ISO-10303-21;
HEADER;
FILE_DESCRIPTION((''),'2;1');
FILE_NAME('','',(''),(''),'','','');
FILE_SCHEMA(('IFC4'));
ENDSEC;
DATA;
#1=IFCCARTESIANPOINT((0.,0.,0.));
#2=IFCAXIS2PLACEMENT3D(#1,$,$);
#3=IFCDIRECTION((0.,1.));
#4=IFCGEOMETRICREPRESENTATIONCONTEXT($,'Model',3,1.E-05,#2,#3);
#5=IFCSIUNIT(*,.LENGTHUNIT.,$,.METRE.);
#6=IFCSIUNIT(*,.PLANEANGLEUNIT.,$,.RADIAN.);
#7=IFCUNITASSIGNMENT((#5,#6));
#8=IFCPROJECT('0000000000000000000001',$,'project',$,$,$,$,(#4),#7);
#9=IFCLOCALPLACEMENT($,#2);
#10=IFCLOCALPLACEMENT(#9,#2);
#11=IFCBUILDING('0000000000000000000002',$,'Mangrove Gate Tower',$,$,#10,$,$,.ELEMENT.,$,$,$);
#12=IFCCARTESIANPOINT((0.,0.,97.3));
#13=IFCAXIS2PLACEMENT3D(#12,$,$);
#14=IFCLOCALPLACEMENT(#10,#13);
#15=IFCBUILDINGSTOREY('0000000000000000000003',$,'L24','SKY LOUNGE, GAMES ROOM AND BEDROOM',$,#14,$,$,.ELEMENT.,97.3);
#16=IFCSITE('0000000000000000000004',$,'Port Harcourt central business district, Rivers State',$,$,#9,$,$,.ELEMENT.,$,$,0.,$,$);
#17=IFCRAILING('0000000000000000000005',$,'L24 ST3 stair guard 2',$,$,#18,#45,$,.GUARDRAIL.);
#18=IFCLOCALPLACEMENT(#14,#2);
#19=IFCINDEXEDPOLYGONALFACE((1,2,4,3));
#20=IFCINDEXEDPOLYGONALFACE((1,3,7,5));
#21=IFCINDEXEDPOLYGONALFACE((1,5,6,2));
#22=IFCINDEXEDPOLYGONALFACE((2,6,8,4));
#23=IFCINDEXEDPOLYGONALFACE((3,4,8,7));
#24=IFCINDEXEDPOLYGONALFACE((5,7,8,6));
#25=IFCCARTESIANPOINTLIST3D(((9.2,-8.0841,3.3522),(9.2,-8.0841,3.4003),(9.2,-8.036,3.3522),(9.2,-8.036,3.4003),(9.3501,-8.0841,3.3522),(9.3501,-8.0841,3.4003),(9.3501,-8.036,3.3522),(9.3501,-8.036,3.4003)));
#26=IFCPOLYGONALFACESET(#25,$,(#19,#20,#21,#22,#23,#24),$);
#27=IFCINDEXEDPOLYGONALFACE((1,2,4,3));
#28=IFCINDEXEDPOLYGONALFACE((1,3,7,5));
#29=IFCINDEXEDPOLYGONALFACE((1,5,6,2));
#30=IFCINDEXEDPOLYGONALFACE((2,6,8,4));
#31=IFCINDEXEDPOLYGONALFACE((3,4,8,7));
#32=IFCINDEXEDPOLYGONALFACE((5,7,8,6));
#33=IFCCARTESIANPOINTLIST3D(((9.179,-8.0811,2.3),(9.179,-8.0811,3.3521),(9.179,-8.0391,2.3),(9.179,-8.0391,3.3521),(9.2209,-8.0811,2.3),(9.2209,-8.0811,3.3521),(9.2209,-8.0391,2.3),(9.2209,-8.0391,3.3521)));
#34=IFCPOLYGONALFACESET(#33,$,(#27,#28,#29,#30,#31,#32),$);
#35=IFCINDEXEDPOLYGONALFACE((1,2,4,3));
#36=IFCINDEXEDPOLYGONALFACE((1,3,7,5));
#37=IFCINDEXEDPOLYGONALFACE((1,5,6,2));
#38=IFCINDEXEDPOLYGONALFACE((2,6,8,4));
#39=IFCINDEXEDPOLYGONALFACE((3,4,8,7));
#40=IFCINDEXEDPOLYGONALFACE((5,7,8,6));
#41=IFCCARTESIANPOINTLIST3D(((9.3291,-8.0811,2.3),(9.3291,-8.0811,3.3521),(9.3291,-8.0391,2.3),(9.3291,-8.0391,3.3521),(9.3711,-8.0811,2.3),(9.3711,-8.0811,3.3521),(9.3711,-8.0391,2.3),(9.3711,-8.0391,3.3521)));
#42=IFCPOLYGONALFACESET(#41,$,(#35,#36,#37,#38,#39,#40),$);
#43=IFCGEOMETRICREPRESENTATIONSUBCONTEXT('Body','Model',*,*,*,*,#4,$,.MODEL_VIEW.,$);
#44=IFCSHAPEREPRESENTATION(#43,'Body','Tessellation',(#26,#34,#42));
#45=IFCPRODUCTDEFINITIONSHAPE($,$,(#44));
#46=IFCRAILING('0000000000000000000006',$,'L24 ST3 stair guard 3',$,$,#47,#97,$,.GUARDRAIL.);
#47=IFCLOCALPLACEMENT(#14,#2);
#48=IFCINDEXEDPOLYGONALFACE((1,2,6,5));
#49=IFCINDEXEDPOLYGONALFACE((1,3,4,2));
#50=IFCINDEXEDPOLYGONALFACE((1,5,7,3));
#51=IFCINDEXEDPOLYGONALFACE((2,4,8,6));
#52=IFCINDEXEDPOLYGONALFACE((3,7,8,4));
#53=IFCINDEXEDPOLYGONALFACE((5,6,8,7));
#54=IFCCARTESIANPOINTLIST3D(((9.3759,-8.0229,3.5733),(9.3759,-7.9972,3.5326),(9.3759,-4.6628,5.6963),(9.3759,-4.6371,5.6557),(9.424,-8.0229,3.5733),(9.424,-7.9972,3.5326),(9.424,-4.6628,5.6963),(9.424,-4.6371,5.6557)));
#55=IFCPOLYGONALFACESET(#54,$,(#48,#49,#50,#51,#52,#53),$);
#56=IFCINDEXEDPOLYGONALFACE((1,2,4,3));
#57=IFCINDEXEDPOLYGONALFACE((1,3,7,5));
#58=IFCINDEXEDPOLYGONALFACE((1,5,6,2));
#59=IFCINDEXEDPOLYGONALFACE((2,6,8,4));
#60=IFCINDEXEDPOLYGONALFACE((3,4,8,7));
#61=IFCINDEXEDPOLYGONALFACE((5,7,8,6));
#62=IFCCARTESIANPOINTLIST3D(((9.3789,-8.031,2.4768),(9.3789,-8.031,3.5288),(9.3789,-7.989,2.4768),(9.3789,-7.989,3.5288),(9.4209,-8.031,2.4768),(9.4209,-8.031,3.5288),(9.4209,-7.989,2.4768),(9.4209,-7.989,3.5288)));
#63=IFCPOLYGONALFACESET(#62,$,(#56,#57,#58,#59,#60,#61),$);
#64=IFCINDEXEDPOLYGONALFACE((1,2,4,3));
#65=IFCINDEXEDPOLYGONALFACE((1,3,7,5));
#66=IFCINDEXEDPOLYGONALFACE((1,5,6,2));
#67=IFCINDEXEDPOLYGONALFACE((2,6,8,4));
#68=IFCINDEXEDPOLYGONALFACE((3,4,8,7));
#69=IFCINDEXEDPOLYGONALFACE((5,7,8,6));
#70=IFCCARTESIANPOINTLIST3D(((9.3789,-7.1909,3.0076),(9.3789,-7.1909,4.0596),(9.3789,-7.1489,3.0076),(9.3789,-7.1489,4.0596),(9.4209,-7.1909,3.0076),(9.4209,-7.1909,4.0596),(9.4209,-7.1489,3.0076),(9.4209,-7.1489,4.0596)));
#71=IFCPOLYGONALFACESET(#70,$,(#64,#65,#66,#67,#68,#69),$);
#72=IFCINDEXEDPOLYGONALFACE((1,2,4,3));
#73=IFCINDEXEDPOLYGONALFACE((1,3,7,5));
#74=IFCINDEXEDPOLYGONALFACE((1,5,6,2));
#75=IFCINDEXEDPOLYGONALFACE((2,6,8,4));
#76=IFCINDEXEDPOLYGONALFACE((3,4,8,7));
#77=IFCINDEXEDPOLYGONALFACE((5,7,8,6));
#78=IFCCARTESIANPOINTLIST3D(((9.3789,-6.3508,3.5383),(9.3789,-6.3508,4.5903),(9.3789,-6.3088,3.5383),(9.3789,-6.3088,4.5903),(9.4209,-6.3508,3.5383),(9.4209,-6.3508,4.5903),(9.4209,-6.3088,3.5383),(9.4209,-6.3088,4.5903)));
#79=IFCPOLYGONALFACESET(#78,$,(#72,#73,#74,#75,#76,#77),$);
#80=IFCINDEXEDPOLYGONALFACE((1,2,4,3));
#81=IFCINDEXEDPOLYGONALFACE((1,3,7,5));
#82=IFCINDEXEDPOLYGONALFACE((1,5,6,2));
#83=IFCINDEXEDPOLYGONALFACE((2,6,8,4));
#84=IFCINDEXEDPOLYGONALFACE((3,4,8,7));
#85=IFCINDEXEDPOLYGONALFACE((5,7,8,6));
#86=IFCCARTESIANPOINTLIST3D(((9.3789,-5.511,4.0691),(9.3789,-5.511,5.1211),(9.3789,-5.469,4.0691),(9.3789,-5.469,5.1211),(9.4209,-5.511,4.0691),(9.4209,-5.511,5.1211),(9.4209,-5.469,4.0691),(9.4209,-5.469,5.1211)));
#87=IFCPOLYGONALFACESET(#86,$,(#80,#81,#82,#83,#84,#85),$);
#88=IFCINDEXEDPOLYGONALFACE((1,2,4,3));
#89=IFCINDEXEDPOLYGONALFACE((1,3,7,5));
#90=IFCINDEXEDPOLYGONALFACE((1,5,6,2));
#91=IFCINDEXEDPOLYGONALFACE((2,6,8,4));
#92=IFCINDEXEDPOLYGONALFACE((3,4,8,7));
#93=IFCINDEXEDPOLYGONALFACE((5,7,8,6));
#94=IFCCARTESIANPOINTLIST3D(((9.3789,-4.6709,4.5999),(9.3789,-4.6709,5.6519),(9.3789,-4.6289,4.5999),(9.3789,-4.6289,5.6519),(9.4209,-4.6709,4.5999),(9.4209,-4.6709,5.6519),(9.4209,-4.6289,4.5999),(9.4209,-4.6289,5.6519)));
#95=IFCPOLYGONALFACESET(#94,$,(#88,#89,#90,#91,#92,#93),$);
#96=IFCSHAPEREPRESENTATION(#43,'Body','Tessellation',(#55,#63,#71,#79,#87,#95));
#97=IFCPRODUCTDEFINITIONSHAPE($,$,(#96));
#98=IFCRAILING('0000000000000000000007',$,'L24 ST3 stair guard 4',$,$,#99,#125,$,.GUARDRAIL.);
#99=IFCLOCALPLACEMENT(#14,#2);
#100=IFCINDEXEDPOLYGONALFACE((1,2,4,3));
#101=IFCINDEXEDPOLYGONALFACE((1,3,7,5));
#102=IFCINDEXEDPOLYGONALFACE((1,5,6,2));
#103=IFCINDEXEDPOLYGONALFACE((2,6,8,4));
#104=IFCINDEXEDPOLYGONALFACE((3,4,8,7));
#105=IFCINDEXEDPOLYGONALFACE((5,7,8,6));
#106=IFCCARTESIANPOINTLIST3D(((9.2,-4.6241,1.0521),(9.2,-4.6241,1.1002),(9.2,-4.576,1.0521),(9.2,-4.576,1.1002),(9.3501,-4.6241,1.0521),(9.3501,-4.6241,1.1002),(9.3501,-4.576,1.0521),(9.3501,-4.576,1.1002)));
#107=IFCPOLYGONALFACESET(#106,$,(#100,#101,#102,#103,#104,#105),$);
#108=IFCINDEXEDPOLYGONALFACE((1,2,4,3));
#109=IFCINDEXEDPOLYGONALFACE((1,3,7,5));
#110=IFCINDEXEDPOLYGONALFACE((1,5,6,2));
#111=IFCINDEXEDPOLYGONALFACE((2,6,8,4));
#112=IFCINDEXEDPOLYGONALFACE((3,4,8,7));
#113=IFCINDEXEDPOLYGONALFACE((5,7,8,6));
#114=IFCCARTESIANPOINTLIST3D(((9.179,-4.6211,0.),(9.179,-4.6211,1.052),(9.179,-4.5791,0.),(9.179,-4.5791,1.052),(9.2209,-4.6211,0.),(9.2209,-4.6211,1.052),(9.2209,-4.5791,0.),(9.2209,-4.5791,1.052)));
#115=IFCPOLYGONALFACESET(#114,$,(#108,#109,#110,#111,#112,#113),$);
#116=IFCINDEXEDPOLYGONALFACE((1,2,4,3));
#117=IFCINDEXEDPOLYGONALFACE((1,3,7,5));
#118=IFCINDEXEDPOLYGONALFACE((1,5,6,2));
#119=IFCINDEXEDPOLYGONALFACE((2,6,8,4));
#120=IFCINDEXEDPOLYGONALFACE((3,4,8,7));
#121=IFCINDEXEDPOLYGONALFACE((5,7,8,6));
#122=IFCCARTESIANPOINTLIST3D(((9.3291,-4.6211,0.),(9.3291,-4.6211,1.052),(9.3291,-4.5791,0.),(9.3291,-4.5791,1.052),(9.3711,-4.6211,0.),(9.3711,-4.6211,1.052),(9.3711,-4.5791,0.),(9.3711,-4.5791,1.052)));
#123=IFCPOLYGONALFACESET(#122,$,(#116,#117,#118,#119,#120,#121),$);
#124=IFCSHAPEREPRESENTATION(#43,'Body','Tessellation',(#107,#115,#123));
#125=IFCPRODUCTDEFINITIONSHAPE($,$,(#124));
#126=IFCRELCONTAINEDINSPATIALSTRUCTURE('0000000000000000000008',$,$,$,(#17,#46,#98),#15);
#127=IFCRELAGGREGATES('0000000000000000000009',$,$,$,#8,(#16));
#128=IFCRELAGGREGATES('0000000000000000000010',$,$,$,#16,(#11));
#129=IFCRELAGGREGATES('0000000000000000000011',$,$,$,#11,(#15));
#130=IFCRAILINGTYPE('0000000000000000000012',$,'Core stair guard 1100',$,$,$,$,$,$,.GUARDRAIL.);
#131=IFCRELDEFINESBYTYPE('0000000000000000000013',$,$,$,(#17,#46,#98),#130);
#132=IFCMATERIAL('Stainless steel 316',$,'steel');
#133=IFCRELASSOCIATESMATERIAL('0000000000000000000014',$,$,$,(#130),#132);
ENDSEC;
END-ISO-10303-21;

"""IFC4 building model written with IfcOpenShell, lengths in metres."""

from ifc_helpers import new_model, si_unit, direction, frame, origin, origin_2d, place, context, subcontext, project, spatial, rectangle, extrude, material, type_object, element, save


model = new_model("IFC4")

# Units and contexts
model_context = context("Model", 3, precision=1e-05, world=origin(), true_north=direction((0.0, 1.0)))
body_context = subcontext(model_context, "Body", "Model", "MODEL_VIEW")
ifc_project = project(units=[si_unit("LENGTHUNIT", "METRE"), si_unit("PLANEANGLEUNIT", "RADIAN")], contexts=[model_context])

# Site, building, storey
site_placement = place(None, origin())
site = spatial("IfcSite", under=ifc_project, at=site_placement, Name="Port Harcourt central business district, Rivers State", CompositionType="ELEMENT", RefElevation=0.0)
building_placement = place(site_placement, origin())
building = spatial("IfcBuilding", under=site, at=building_placement, Name="Mangrove Gate Tower", CompositionType="ELEMENT")
storey_placement = place(building_placement, frame((0.0, 0.0, 97.3)))
storey = spatial("IfcBuildingStorey", under=building, at=storey_placement, Name="L24", Description="SKY LOUNGE, GAMES ROOM AND BEDROOM", CompositionType="ELEMENT", Elevation=97.3)

# Railings
ifc_material_1 = material(Name="Stainless steel 316", Category="steel")
railing_type_1 = type_object("IfcRailingType", Name="Core stair guard 1100", PredefinedType="GUARDRAIL", material=ifc_material_1)
railing_1_placement = place(storey_placement, frame((9.2, -8.0601, 2.3)))
element("IfcRailing", 1, at=railing_1_placement, inside=storey, type_object=railing_type_1, Name="L24 ST3 stair guard 2", PredefinedType="GUARDRAIL", context=body_context, shape_type="SweptSolid", body=[
    extrude(rectangle(XDim=0.0481, YDim=0.0481, at=origin_2d()), frame((0.0, 0.0, 1.0762), z_axis=(1.0, 0.0, 0.0), x_axis=(0.0, 1.0, 0.0)), (0.0, 0.0, 1.0), 0.1501),
    extrude(rectangle(XDim=0.042, YDim=0.042, at=origin_2d()), origin(), (0.0, 0.0, 1.0), 1.052),
    extrude(rectangle(XDim=0.042, YDim=0.042, at=origin_2d()), frame((0.1501, 0.0, 0.0)), (0.0, 0.0, 1.0), 1.052),
])
railing_2_placement = place(storey_placement, frame((9.3999, -8.01, 2.4768)))
element("IfcRailing", 2, at=railing_2_placement, inside=storey, type_object=railing_type_1, Name="L24 ST3 stair guard 3", PredefinedType="GUARDRAIL", context=body_context, shape_type="SweptSolid", body=[
    extrude(rectangle(XDim=0.0481, YDim=0.0481, at=origin_2d()), frame((0.0, 0.0, 1.0762), z_axis=(0.0, 0.84539, 0.53415), x_axis=(-1.0, 0.0, 0.0)), (0.0, 0.0, 1.0), 3.9746),
    extrude(rectangle(XDim=0.042, YDim=0.042, at=origin_2d()), origin(), (0.0, 0.0, 1.0), 1.052),
    extrude(rectangle(XDim=0.042, YDim=0.042, at=origin_2d()), frame((0.0, 0.8401, 0.5308)), (0.0, 0.0, 1.0), 1.052),
    extrude(rectangle(XDim=0.042, YDim=0.042, at=origin_2d()), frame((0.0, 1.6802, 1.0615)), (0.0, 0.0, 1.0), 1.052),
    extrude(rectangle(XDim=0.042, YDim=0.042, at=origin_2d()), frame((0.0, 2.52, 1.5923)), (0.0, 0.0, 1.0), 1.052),
    extrude(rectangle(XDim=0.042, YDim=0.042, at=origin_2d()), frame((0.0, 3.3601, 2.123)), (0.0, 0.0, 1.0), 1.052),
])
railing_3_placement = place(storey_placement, frame((9.2, -4.6001, 0.0)))
element("IfcRailing", 3, at=railing_3_placement, inside=storey, type_object=railing_type_1, Name="L24 ST3 stair guard 4", PredefinedType="GUARDRAIL", context=body_context, shape_type="SweptSolid", body=[
    extrude(rectangle(XDim=0.0481, YDim=0.0481, at=origin_2d()), frame((0.0, 0.0, 1.0762), z_axis=(1.0, 0.0, 0.0), x_axis=(0.0, 1.0, 0.0)), (0.0, 0.0, 1.0), 0.1501),
    extrude(rectangle(XDim=0.042, YDim=0.042, at=origin_2d()), origin(), (0.0, 0.0, 1.0), 1.052),
    extrude(rectangle(XDim=0.042, YDim=0.042, at=origin_2d()), frame((0.1501, 0.0, 0.0)), (0.0, 0.0, 1.0), 1.052),
])

save(model, "model.ifc")
